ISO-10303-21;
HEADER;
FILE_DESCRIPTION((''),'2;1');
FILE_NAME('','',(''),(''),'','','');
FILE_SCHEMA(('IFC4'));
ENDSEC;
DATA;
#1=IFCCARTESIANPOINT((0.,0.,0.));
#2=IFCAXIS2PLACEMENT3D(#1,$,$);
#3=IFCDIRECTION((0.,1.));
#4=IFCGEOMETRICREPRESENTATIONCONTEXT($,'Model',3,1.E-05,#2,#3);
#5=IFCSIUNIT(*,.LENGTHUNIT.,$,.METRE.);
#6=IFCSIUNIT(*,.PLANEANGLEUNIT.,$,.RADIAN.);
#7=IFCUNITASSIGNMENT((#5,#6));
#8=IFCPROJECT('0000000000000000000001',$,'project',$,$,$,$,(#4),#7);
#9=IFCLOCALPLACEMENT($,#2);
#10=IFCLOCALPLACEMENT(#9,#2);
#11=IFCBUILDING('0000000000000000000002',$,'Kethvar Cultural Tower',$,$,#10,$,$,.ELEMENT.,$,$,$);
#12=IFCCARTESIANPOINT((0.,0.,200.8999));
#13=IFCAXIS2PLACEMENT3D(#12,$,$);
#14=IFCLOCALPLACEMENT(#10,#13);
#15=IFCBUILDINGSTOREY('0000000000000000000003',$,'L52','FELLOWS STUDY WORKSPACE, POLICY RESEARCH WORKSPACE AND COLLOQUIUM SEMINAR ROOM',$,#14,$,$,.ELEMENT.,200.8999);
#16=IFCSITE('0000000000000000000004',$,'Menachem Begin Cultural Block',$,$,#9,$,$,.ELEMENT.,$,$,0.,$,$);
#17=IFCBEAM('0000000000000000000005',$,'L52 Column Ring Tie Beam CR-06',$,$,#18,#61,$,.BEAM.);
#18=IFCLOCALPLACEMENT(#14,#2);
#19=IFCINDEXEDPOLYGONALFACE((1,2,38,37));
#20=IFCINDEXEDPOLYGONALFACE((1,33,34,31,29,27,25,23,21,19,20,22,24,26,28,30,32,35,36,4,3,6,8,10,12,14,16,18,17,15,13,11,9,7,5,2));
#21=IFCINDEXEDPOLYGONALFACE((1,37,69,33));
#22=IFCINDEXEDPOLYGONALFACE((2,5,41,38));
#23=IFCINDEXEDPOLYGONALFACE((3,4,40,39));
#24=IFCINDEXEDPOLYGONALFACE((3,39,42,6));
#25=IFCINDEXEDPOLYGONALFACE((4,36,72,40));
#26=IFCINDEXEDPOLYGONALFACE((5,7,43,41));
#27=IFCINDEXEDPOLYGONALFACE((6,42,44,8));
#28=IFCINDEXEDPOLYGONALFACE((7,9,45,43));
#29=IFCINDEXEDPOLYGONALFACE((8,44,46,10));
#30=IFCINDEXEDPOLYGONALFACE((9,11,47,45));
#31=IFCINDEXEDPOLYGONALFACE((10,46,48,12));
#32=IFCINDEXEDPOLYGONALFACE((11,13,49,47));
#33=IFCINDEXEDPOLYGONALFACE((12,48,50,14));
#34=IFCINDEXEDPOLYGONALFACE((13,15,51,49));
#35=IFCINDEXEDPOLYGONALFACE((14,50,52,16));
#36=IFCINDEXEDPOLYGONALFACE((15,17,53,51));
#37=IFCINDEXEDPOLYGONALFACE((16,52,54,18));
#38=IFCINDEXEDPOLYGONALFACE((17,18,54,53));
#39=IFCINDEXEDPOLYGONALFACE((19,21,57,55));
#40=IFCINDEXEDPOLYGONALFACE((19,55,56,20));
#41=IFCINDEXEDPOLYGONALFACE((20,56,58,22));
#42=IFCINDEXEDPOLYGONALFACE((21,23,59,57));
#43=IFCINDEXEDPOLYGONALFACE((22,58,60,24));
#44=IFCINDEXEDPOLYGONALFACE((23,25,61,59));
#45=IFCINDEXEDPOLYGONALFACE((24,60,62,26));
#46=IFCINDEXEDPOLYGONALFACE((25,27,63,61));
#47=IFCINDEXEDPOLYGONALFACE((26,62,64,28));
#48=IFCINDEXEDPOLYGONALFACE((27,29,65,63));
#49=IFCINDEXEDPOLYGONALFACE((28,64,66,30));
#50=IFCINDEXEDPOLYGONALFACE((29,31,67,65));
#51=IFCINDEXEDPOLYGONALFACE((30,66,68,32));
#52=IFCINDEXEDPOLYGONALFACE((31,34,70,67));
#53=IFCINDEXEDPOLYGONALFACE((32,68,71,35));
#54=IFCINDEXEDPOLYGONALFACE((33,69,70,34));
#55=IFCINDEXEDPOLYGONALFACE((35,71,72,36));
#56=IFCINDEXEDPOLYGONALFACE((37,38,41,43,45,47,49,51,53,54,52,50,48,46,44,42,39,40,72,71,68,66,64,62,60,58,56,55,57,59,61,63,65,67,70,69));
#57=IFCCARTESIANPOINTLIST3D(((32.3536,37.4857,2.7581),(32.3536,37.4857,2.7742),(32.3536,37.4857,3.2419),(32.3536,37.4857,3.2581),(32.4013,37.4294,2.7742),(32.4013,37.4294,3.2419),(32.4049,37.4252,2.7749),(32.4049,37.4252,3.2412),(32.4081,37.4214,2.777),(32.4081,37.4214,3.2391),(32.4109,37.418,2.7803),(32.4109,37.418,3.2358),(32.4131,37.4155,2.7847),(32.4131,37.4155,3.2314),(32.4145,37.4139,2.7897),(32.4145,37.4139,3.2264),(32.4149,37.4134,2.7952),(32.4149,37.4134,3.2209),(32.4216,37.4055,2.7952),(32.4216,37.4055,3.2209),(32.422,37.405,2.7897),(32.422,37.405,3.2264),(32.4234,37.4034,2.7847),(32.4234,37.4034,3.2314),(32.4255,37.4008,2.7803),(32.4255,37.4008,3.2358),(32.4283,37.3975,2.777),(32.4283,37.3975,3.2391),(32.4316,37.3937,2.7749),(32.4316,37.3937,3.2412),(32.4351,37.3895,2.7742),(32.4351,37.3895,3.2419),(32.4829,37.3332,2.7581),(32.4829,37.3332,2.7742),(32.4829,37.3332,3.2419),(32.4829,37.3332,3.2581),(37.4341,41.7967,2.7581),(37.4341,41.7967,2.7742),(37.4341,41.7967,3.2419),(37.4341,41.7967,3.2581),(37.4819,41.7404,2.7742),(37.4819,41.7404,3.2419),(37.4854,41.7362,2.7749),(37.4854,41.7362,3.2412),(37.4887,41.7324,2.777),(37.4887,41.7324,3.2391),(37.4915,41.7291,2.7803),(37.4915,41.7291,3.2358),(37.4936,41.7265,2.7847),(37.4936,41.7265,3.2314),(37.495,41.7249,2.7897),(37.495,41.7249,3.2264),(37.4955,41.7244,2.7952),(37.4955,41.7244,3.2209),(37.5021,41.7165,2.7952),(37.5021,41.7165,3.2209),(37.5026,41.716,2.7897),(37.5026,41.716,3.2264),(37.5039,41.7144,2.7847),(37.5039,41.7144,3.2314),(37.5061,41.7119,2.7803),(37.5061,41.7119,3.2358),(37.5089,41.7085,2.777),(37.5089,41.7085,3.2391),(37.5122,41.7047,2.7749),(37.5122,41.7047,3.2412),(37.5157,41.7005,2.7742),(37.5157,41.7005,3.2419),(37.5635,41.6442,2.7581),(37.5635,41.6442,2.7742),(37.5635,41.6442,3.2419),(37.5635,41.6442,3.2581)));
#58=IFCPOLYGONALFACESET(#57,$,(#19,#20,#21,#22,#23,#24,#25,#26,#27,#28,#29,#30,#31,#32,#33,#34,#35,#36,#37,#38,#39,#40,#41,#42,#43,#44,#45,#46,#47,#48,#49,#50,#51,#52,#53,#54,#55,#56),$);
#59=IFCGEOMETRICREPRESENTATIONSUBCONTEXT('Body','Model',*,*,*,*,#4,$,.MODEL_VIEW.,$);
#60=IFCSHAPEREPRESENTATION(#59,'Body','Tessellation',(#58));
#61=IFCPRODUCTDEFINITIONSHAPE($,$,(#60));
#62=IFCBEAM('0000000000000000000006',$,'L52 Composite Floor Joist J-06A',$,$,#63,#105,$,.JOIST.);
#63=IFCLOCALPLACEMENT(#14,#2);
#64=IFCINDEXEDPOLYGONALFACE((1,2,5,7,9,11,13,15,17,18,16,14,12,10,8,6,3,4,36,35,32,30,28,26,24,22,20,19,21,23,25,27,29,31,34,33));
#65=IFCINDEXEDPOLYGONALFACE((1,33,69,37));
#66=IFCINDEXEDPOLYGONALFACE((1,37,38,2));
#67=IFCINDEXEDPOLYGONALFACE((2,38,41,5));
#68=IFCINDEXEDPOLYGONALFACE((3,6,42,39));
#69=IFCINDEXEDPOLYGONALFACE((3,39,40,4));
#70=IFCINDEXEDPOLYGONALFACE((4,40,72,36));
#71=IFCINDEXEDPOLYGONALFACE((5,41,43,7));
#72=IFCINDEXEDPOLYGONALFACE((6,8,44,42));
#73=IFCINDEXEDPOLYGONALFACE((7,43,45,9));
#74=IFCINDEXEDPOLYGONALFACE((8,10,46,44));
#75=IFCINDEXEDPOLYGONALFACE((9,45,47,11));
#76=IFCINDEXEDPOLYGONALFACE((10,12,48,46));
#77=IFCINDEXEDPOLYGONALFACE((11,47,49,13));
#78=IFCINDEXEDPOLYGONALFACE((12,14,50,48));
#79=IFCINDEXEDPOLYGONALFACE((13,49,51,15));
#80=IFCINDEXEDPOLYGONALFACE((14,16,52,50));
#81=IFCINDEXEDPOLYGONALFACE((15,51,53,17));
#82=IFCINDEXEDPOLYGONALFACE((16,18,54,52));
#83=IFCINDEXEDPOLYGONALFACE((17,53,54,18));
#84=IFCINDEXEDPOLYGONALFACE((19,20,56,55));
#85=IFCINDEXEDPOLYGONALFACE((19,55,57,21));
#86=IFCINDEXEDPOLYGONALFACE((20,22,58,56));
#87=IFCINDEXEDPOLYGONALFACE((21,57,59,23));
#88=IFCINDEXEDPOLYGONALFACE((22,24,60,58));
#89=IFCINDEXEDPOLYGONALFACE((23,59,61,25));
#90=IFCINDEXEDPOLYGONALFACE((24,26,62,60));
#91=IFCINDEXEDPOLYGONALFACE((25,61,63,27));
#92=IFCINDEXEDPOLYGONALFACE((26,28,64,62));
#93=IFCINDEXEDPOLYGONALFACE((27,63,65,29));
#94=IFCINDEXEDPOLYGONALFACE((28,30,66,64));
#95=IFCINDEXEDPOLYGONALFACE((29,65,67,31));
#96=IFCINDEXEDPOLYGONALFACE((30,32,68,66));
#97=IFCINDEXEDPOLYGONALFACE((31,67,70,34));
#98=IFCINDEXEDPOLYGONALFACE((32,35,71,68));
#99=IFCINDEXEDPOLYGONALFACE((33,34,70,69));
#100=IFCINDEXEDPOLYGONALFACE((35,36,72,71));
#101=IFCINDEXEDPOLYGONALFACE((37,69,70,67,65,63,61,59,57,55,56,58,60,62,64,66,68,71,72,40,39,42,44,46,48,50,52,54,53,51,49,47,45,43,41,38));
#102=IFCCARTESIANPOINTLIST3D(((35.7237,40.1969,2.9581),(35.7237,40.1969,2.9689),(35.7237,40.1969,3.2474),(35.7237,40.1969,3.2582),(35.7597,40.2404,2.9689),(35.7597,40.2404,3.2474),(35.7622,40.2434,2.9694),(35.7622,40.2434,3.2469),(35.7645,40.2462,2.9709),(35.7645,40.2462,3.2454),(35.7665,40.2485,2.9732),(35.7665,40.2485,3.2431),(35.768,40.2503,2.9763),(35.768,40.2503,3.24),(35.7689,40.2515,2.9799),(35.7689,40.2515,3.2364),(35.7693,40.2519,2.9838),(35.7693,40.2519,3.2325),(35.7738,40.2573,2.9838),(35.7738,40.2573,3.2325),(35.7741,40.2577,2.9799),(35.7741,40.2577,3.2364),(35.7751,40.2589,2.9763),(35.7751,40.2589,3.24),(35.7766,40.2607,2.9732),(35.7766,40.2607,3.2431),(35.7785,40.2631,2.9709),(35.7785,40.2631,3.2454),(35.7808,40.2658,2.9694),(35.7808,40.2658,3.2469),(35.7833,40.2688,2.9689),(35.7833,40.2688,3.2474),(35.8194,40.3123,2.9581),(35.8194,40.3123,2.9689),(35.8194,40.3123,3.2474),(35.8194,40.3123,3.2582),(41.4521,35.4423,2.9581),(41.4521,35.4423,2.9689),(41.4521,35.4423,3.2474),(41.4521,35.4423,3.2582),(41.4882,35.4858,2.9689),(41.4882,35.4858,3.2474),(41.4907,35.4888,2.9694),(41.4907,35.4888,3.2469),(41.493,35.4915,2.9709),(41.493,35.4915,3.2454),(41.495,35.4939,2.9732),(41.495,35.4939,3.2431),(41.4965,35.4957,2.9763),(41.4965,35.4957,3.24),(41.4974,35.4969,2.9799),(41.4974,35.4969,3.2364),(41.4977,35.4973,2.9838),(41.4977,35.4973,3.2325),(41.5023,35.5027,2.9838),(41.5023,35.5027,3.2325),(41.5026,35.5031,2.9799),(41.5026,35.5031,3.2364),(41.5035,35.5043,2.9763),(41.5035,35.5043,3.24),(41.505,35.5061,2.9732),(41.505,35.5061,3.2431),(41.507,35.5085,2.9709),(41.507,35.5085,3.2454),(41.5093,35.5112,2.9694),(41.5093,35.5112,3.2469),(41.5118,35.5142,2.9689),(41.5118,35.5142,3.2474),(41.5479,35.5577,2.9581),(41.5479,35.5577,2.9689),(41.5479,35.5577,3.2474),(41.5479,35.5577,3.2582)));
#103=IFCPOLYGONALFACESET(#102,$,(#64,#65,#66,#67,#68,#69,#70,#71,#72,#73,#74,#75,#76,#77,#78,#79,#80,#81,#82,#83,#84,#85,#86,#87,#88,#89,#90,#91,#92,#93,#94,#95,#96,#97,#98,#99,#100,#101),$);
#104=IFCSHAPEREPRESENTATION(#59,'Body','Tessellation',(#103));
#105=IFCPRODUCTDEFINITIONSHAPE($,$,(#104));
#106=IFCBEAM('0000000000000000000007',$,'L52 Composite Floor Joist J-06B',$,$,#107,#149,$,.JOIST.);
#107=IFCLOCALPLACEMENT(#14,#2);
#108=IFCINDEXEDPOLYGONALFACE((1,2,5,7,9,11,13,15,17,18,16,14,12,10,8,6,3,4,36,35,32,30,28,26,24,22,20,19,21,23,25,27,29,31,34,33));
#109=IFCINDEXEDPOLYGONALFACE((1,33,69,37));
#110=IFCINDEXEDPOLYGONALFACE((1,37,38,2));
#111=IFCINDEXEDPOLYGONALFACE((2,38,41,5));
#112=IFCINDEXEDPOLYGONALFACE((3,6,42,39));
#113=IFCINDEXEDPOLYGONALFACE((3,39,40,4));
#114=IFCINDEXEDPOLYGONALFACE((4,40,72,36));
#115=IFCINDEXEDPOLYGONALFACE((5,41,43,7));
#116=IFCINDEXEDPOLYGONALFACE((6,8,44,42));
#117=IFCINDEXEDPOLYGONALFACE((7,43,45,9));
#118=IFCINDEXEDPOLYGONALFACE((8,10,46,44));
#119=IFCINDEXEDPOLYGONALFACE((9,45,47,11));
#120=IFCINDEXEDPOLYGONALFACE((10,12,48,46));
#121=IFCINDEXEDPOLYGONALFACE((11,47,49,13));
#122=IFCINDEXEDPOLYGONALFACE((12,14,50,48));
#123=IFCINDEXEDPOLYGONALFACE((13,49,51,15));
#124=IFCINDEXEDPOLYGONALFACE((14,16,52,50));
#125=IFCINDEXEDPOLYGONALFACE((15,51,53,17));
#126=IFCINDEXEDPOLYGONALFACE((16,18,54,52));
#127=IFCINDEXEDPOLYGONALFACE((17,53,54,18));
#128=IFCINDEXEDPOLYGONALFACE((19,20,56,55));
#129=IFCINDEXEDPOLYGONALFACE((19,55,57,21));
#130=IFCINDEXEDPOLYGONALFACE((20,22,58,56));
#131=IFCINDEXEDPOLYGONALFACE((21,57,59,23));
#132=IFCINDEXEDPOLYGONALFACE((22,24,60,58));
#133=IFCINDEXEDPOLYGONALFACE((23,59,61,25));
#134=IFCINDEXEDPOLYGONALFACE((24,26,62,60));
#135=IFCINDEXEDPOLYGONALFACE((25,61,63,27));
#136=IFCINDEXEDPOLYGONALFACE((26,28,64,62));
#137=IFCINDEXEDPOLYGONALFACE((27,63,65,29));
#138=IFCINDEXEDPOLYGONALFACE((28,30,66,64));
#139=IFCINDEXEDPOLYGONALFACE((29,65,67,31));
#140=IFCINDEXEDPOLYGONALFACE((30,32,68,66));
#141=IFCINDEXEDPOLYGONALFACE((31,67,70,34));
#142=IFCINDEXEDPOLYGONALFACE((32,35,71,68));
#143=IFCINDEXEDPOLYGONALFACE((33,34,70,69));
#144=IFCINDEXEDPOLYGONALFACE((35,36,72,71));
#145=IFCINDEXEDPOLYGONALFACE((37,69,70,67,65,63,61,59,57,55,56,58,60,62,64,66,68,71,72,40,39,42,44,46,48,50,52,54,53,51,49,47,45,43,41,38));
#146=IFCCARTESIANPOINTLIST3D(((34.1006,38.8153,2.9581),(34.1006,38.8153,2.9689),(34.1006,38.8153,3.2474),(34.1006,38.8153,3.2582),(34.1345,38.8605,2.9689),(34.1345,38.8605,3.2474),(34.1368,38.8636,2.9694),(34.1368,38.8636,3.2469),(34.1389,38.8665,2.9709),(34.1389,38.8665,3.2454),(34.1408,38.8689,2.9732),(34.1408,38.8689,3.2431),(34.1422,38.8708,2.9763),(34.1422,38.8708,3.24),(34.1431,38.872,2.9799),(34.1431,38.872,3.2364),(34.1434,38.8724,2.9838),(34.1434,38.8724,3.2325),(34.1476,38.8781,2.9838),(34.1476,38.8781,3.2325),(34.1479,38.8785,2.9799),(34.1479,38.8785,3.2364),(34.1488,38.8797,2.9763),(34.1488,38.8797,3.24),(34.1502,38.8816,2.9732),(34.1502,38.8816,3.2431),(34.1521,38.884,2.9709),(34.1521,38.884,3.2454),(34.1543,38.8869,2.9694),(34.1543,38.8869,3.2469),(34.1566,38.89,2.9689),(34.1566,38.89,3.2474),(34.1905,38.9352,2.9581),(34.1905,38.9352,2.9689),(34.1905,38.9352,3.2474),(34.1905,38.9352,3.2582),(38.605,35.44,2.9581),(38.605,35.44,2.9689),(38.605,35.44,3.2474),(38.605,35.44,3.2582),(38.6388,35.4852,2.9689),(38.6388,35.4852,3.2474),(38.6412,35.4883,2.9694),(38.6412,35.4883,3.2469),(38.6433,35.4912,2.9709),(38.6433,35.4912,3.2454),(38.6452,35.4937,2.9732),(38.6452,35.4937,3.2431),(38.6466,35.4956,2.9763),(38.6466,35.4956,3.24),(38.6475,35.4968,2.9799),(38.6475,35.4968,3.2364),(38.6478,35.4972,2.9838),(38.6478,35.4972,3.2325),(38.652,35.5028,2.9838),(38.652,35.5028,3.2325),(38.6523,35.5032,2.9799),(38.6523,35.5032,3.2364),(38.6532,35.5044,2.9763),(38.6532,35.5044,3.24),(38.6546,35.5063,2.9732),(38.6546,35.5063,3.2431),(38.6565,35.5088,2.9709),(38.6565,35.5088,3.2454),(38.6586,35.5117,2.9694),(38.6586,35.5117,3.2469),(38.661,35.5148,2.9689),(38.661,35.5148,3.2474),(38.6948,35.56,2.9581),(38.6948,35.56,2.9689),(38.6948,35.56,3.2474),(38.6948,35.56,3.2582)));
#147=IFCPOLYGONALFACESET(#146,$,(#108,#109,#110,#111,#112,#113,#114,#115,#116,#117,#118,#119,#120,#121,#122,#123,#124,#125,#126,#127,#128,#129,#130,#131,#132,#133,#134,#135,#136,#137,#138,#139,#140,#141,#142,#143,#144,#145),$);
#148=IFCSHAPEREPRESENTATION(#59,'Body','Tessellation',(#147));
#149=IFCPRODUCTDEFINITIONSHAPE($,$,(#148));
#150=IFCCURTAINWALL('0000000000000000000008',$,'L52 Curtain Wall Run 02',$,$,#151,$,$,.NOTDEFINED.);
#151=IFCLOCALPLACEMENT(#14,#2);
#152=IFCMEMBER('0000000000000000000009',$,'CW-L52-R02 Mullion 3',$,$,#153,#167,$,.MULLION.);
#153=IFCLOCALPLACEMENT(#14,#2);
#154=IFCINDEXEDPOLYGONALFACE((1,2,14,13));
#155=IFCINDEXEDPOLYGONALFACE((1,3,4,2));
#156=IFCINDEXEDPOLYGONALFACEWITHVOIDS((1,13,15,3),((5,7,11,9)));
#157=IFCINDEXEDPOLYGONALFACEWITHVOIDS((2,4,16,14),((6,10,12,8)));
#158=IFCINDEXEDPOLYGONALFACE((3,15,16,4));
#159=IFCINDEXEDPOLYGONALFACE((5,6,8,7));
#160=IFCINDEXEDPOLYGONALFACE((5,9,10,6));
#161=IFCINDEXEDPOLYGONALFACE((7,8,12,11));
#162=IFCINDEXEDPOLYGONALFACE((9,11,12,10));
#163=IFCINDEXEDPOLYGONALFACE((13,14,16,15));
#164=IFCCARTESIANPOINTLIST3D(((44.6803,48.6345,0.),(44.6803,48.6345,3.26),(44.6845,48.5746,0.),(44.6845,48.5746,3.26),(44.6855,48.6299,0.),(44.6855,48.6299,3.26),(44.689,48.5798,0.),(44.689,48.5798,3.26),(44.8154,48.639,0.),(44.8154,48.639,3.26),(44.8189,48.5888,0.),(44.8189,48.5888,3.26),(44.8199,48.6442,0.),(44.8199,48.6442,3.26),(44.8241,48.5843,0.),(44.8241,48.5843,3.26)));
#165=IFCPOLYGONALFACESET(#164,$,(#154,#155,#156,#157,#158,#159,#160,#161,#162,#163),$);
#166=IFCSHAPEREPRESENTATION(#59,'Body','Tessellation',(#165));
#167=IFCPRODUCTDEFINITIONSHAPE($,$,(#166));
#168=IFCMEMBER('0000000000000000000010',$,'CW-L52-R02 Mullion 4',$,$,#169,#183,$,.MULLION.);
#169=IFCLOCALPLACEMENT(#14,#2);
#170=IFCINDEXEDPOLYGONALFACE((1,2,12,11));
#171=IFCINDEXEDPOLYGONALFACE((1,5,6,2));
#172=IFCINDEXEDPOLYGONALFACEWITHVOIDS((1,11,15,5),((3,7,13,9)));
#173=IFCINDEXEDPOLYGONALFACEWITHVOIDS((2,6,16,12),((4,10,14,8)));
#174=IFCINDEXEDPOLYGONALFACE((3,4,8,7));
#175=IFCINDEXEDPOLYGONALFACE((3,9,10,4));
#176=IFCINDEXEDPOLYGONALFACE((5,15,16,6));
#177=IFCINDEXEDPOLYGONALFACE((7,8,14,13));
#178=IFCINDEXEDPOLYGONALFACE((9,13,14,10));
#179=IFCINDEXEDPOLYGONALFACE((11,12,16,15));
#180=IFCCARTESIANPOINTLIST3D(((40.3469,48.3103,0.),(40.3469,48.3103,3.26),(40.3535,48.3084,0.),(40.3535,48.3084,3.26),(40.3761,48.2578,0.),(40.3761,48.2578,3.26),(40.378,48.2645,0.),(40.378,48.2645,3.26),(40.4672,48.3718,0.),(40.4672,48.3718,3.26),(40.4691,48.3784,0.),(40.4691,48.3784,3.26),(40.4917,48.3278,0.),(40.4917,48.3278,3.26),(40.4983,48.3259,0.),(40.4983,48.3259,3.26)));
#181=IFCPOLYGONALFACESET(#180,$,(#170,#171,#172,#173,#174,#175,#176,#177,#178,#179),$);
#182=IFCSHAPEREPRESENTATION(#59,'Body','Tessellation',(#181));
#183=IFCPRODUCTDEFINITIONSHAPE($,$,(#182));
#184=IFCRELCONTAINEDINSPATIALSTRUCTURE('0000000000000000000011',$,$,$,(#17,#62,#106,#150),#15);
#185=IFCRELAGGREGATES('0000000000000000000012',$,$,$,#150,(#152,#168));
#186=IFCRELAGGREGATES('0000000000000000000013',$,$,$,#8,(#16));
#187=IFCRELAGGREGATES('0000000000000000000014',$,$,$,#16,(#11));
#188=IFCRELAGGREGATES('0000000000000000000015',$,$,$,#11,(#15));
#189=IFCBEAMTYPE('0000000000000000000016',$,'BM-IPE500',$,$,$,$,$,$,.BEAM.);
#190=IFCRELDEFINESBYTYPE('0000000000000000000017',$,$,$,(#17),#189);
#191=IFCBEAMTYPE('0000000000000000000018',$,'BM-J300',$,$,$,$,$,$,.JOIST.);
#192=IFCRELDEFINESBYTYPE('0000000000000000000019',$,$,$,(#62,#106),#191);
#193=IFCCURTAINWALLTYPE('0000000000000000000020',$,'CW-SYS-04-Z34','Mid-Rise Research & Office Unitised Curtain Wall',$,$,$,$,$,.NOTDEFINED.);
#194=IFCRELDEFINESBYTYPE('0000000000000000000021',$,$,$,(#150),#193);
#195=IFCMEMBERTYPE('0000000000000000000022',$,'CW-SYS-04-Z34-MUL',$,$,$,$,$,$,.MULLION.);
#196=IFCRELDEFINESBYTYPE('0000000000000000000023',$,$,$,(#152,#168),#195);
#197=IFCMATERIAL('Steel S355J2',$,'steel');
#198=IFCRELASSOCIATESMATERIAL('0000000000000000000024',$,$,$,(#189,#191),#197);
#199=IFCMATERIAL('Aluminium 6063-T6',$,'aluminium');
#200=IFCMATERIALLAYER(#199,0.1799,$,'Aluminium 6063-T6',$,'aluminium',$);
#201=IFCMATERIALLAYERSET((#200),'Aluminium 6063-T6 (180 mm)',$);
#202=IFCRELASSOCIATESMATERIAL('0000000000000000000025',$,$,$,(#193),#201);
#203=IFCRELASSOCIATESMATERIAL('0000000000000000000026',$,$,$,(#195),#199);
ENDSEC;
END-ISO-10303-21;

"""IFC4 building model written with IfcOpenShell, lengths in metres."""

from ifc_helpers import new_model, si_unit, direction, frame, origin, origin_2d, place, context, subcontext, project, spatial, hollow_rectangle, i_section, extrude, source, transform, mapped, material, layer, layer_set, material_profile, profile_set, type_object, element, aggregate, save


model = new_model("IFC4")

# Units and contexts
model_context = context("Model", 3, precision=1e-05, world=origin(), true_north=direction((0.0, 1.0)))
body_context = subcontext(model_context, "Body", "Model", "MODEL_VIEW")
ifc_project = project(units=[si_unit("LENGTHUNIT", "METRE"), si_unit("PLANEANGLEUNIT", "RADIAN")], contexts=[model_context])

# Site, building, storey
site_placement = place(None, origin())
site = spatial("IfcSite", under=ifc_project, at=site_placement, Name="Menachem Begin Cultural Block", CompositionType="ELEMENT", RefElevation=0.0)
building_placement = place(site_placement, origin())
building = spatial("IfcBuilding", under=site, at=building_placement, Name="Kethvar Cultural Tower", CompositionType="ELEMENT")
storey_placement = place(building_placement, frame((0.0, 0.0, 200.8999)))
storey = spatial("IfcBuildingStorey", under=building, at=storey_placement, Name="L52", Description="FELLOWS STUDY WORKSPACE, POLICY RESEARCH WORKSPACE AND COLLOQUIUM SEMINAR ROOM", CompositionType="ELEMENT", Elevation=200.8999)

# Beams
ifc_material_1 = material(Name="Steel S355J2", Category="steel")
ifc_material_profile_1 = material_profile(ifc_material_1, i_section(OverallWidth=0.2, OverallDepth=0.5, WebThickness=0.0103, FlangeThickness=0.0161, FilletRadius=0.021, at=origin_2d()), Name="Steel S355J2 — IPE500")
ifc_profile_set_1 = profile_set([ifc_material_profile_1], Name="Steel S355J2 — IPE500")
beam_type_1 = type_object("IfcBeamType", Name="BM-IPE500", PredefinedType="BEAM", material=ifc_profile_set_1)
ifc_material_profile_2 = material_profile(ifc_material_1, i_section(OverallWidth=0.1499, OverallDepth=0.3, WebThickness=0.0071, FlangeThickness=0.0107, FilletRadius=0.0149, at=origin_2d()), Name="Steel S355J2 — IPE300")
ifc_profile_set_2 = profile_set([ifc_material_profile_2], Name="Steel S355J2 — IPE300")
beam_type_2 = type_object("IfcBeamType", Name="BM-J300", PredefinedType="JOIST", material=ifc_profile_set_2)
shared_shape_1 = source(origin(), body_context, "Body", "SweptSolid", [
    extrude(i_section(OverallWidth=0.2, OverallDepth=0.5, WebThickness=0.0103, FlangeThickness=0.0161, FilletRadius=0.021, at=origin_2d()), origin(), (0.0, 0.0, 1.0), 6.6631),
])
beam_1_placement = place(storey_placement, frame((37.4988, 41.7205, 3.0081), z_axis=(-0.762491, -0.646999, 0.0), x_axis=(0.646999, -0.762491, 0.0)))
element("IfcBeam", 1, at=beam_1_placement, inside=storey, type_object=beam_type_1, Name="L52 Column Ring Tie Beam CR-06", PredefinedType="BEAM", context=body_context, shape_type="MappedRepresentation", body=[
    mapped(shared_shape_1, transform((0.0, 0.0, 0.0), scale=1.0)),
])
shared_shape_2 = source(origin(), body_context, "Body", "SweptSolid", [
    extrude(i_section(OverallWidth=0.1499, OverallDepth=0.3, WebThickness=0.0071, FlangeThickness=0.0107, FilletRadius=0.0149, at=origin_2d()), origin(), (0.0, 0.0, 1.0), 7.4446),
])
beam_2_placement = place(storey_placement, frame((41.5, 35.5, 3.1082), z_axis=(-0.769483, 0.638667, 0.0), x_axis=(-0.638667, -0.769483, 0.0)))
element("IfcBeam", 2, at=beam_2_placement, inside=storey, type_object=beam_type_2, Name="L52 Composite Floor Joist J-06A", PredefinedType="JOIST", context=body_context, shape_type="MappedRepresentation", body=[
    mapped(shared_shape_2, transform((0.0, 0.0, 0.0), scale=1.0)),
])
shared_shape_3 = source(origin(), body_context, "Body", "SweptSolid", [
    extrude(i_section(OverallWidth=0.1499, OverallDepth=0.3, WebThickness=0.0071, FlangeThickness=0.0107, FilletRadius=0.0149, at=origin_2d()), origin(), (0.0, 0.0, 1.0), 5.6287),
])
beam_3_placement = place(storey_placement, frame((38.6499, 35.5, 3.1082), z_axis=(-0.80026, 0.599653, 0.0), x_axis=(-0.599653, -0.80026, 0.0)))
element("IfcBeam", 3, at=beam_3_placement, inside=storey, type_object=beam_type_2, Name="L52 Composite Floor Joist J-06B", PredefinedType="JOIST", context=body_context, shape_type="MappedRepresentation", body=[
    mapped(shared_shape_3, transform((0.0, 0.0, 0.0), scale=1.0)),
])

# Curtain wall, members
ifc_material_2 = material(Name="Aluminium 6063-T6", Category="aluminium")
ifc_layer_1 = layer(ifc_material_2, 0.1799, Name="Aluminium 6063-T6", Category="aluminium")
ifc_layer_set_1 = layer_set([ifc_layer_1], Name="Aluminium 6063-T6 (180 mm)")
curtain_wall_type = type_object("IfcCurtainWallType", Name="CW-SYS-04-Z34", Description="Mid-Rise Research & Office Unitised Curtain Wall", PredefinedType="NOTDEFINED", material=ifc_layer_set_1)
curtain_wall_placement = place(storey_placement, origin())
curtain_wall = element("IfcCurtainWall", 4, at=curtain_wall_placement, inside=storey, type_object=curtain_wall_type, Name="L52 Curtain Wall Run 02", PredefinedType="NOTDEFINED")
ifc_material_profile_3 = material_profile(ifc_material_2, hollow_rectangle(XDim=0.0601, YDim=0.1399, WallThickness=0.0049, at=origin_2d()), Name="Aluminium 6063-T6 — RHS140x60x5")
ifc_profile_set_3 = profile_set([ifc_material_profile_3], Name="Aluminium 6063-T6 — RHS140x60x5")
member_type_1 = type_object("IfcMemberType", Name="CW-SYS-04-Z34-MUL", PredefinedType="MULLION", material=ifc_profile_set_3)
shared_shape_4 = source(origin(), body_context, "Body", "SweptSolid", [
    extrude(hollow_rectangle(XDim=0.0601, YDim=0.1399, WallThickness=0.0049, at=origin_2d()), origin(), (0.0, 0.0, 1.0), 3.26),
])
member_1_placement = place(storey_placement, frame((44.7522, 48.6094, 0.0), z_axis=(0.0, 0.0, 1.0), x_axis=(0.069495, -0.997582, 0.0)))
member_1 = element("IfcMember", 5, at=member_1_placement, type_object=member_type_1, Name="CW-L52-R02 Mullion 3", PredefinedType="MULLION", context=body_context, shape_type="MappedRepresentation", body=[
    mapped(shared_shape_4, transform((0.0, 0.0, 0.0), scale=1.0)),
])
member_2_placement = place(storey_placement, frame((40.4226, 48.3181, 0.0), z_axis=(0.0, 0.0, 1.0), x_axis=(0.486854, -0.873483, 0.0)))
member_2 = element("IfcMember", 6, at=member_2_placement, type_object=member_type_1, Name="CW-L52-R02 Mullion 4", PredefinedType="MULLION", context=body_context, shape_type="MappedRepresentation", body=[
    mapped(shared_shape_4, transform((0.0, 0.0, 0.0), scale=1.0)),
])
aggregate(curtain_wall, [member_1, member_2])

save(model, "model.ifc")
